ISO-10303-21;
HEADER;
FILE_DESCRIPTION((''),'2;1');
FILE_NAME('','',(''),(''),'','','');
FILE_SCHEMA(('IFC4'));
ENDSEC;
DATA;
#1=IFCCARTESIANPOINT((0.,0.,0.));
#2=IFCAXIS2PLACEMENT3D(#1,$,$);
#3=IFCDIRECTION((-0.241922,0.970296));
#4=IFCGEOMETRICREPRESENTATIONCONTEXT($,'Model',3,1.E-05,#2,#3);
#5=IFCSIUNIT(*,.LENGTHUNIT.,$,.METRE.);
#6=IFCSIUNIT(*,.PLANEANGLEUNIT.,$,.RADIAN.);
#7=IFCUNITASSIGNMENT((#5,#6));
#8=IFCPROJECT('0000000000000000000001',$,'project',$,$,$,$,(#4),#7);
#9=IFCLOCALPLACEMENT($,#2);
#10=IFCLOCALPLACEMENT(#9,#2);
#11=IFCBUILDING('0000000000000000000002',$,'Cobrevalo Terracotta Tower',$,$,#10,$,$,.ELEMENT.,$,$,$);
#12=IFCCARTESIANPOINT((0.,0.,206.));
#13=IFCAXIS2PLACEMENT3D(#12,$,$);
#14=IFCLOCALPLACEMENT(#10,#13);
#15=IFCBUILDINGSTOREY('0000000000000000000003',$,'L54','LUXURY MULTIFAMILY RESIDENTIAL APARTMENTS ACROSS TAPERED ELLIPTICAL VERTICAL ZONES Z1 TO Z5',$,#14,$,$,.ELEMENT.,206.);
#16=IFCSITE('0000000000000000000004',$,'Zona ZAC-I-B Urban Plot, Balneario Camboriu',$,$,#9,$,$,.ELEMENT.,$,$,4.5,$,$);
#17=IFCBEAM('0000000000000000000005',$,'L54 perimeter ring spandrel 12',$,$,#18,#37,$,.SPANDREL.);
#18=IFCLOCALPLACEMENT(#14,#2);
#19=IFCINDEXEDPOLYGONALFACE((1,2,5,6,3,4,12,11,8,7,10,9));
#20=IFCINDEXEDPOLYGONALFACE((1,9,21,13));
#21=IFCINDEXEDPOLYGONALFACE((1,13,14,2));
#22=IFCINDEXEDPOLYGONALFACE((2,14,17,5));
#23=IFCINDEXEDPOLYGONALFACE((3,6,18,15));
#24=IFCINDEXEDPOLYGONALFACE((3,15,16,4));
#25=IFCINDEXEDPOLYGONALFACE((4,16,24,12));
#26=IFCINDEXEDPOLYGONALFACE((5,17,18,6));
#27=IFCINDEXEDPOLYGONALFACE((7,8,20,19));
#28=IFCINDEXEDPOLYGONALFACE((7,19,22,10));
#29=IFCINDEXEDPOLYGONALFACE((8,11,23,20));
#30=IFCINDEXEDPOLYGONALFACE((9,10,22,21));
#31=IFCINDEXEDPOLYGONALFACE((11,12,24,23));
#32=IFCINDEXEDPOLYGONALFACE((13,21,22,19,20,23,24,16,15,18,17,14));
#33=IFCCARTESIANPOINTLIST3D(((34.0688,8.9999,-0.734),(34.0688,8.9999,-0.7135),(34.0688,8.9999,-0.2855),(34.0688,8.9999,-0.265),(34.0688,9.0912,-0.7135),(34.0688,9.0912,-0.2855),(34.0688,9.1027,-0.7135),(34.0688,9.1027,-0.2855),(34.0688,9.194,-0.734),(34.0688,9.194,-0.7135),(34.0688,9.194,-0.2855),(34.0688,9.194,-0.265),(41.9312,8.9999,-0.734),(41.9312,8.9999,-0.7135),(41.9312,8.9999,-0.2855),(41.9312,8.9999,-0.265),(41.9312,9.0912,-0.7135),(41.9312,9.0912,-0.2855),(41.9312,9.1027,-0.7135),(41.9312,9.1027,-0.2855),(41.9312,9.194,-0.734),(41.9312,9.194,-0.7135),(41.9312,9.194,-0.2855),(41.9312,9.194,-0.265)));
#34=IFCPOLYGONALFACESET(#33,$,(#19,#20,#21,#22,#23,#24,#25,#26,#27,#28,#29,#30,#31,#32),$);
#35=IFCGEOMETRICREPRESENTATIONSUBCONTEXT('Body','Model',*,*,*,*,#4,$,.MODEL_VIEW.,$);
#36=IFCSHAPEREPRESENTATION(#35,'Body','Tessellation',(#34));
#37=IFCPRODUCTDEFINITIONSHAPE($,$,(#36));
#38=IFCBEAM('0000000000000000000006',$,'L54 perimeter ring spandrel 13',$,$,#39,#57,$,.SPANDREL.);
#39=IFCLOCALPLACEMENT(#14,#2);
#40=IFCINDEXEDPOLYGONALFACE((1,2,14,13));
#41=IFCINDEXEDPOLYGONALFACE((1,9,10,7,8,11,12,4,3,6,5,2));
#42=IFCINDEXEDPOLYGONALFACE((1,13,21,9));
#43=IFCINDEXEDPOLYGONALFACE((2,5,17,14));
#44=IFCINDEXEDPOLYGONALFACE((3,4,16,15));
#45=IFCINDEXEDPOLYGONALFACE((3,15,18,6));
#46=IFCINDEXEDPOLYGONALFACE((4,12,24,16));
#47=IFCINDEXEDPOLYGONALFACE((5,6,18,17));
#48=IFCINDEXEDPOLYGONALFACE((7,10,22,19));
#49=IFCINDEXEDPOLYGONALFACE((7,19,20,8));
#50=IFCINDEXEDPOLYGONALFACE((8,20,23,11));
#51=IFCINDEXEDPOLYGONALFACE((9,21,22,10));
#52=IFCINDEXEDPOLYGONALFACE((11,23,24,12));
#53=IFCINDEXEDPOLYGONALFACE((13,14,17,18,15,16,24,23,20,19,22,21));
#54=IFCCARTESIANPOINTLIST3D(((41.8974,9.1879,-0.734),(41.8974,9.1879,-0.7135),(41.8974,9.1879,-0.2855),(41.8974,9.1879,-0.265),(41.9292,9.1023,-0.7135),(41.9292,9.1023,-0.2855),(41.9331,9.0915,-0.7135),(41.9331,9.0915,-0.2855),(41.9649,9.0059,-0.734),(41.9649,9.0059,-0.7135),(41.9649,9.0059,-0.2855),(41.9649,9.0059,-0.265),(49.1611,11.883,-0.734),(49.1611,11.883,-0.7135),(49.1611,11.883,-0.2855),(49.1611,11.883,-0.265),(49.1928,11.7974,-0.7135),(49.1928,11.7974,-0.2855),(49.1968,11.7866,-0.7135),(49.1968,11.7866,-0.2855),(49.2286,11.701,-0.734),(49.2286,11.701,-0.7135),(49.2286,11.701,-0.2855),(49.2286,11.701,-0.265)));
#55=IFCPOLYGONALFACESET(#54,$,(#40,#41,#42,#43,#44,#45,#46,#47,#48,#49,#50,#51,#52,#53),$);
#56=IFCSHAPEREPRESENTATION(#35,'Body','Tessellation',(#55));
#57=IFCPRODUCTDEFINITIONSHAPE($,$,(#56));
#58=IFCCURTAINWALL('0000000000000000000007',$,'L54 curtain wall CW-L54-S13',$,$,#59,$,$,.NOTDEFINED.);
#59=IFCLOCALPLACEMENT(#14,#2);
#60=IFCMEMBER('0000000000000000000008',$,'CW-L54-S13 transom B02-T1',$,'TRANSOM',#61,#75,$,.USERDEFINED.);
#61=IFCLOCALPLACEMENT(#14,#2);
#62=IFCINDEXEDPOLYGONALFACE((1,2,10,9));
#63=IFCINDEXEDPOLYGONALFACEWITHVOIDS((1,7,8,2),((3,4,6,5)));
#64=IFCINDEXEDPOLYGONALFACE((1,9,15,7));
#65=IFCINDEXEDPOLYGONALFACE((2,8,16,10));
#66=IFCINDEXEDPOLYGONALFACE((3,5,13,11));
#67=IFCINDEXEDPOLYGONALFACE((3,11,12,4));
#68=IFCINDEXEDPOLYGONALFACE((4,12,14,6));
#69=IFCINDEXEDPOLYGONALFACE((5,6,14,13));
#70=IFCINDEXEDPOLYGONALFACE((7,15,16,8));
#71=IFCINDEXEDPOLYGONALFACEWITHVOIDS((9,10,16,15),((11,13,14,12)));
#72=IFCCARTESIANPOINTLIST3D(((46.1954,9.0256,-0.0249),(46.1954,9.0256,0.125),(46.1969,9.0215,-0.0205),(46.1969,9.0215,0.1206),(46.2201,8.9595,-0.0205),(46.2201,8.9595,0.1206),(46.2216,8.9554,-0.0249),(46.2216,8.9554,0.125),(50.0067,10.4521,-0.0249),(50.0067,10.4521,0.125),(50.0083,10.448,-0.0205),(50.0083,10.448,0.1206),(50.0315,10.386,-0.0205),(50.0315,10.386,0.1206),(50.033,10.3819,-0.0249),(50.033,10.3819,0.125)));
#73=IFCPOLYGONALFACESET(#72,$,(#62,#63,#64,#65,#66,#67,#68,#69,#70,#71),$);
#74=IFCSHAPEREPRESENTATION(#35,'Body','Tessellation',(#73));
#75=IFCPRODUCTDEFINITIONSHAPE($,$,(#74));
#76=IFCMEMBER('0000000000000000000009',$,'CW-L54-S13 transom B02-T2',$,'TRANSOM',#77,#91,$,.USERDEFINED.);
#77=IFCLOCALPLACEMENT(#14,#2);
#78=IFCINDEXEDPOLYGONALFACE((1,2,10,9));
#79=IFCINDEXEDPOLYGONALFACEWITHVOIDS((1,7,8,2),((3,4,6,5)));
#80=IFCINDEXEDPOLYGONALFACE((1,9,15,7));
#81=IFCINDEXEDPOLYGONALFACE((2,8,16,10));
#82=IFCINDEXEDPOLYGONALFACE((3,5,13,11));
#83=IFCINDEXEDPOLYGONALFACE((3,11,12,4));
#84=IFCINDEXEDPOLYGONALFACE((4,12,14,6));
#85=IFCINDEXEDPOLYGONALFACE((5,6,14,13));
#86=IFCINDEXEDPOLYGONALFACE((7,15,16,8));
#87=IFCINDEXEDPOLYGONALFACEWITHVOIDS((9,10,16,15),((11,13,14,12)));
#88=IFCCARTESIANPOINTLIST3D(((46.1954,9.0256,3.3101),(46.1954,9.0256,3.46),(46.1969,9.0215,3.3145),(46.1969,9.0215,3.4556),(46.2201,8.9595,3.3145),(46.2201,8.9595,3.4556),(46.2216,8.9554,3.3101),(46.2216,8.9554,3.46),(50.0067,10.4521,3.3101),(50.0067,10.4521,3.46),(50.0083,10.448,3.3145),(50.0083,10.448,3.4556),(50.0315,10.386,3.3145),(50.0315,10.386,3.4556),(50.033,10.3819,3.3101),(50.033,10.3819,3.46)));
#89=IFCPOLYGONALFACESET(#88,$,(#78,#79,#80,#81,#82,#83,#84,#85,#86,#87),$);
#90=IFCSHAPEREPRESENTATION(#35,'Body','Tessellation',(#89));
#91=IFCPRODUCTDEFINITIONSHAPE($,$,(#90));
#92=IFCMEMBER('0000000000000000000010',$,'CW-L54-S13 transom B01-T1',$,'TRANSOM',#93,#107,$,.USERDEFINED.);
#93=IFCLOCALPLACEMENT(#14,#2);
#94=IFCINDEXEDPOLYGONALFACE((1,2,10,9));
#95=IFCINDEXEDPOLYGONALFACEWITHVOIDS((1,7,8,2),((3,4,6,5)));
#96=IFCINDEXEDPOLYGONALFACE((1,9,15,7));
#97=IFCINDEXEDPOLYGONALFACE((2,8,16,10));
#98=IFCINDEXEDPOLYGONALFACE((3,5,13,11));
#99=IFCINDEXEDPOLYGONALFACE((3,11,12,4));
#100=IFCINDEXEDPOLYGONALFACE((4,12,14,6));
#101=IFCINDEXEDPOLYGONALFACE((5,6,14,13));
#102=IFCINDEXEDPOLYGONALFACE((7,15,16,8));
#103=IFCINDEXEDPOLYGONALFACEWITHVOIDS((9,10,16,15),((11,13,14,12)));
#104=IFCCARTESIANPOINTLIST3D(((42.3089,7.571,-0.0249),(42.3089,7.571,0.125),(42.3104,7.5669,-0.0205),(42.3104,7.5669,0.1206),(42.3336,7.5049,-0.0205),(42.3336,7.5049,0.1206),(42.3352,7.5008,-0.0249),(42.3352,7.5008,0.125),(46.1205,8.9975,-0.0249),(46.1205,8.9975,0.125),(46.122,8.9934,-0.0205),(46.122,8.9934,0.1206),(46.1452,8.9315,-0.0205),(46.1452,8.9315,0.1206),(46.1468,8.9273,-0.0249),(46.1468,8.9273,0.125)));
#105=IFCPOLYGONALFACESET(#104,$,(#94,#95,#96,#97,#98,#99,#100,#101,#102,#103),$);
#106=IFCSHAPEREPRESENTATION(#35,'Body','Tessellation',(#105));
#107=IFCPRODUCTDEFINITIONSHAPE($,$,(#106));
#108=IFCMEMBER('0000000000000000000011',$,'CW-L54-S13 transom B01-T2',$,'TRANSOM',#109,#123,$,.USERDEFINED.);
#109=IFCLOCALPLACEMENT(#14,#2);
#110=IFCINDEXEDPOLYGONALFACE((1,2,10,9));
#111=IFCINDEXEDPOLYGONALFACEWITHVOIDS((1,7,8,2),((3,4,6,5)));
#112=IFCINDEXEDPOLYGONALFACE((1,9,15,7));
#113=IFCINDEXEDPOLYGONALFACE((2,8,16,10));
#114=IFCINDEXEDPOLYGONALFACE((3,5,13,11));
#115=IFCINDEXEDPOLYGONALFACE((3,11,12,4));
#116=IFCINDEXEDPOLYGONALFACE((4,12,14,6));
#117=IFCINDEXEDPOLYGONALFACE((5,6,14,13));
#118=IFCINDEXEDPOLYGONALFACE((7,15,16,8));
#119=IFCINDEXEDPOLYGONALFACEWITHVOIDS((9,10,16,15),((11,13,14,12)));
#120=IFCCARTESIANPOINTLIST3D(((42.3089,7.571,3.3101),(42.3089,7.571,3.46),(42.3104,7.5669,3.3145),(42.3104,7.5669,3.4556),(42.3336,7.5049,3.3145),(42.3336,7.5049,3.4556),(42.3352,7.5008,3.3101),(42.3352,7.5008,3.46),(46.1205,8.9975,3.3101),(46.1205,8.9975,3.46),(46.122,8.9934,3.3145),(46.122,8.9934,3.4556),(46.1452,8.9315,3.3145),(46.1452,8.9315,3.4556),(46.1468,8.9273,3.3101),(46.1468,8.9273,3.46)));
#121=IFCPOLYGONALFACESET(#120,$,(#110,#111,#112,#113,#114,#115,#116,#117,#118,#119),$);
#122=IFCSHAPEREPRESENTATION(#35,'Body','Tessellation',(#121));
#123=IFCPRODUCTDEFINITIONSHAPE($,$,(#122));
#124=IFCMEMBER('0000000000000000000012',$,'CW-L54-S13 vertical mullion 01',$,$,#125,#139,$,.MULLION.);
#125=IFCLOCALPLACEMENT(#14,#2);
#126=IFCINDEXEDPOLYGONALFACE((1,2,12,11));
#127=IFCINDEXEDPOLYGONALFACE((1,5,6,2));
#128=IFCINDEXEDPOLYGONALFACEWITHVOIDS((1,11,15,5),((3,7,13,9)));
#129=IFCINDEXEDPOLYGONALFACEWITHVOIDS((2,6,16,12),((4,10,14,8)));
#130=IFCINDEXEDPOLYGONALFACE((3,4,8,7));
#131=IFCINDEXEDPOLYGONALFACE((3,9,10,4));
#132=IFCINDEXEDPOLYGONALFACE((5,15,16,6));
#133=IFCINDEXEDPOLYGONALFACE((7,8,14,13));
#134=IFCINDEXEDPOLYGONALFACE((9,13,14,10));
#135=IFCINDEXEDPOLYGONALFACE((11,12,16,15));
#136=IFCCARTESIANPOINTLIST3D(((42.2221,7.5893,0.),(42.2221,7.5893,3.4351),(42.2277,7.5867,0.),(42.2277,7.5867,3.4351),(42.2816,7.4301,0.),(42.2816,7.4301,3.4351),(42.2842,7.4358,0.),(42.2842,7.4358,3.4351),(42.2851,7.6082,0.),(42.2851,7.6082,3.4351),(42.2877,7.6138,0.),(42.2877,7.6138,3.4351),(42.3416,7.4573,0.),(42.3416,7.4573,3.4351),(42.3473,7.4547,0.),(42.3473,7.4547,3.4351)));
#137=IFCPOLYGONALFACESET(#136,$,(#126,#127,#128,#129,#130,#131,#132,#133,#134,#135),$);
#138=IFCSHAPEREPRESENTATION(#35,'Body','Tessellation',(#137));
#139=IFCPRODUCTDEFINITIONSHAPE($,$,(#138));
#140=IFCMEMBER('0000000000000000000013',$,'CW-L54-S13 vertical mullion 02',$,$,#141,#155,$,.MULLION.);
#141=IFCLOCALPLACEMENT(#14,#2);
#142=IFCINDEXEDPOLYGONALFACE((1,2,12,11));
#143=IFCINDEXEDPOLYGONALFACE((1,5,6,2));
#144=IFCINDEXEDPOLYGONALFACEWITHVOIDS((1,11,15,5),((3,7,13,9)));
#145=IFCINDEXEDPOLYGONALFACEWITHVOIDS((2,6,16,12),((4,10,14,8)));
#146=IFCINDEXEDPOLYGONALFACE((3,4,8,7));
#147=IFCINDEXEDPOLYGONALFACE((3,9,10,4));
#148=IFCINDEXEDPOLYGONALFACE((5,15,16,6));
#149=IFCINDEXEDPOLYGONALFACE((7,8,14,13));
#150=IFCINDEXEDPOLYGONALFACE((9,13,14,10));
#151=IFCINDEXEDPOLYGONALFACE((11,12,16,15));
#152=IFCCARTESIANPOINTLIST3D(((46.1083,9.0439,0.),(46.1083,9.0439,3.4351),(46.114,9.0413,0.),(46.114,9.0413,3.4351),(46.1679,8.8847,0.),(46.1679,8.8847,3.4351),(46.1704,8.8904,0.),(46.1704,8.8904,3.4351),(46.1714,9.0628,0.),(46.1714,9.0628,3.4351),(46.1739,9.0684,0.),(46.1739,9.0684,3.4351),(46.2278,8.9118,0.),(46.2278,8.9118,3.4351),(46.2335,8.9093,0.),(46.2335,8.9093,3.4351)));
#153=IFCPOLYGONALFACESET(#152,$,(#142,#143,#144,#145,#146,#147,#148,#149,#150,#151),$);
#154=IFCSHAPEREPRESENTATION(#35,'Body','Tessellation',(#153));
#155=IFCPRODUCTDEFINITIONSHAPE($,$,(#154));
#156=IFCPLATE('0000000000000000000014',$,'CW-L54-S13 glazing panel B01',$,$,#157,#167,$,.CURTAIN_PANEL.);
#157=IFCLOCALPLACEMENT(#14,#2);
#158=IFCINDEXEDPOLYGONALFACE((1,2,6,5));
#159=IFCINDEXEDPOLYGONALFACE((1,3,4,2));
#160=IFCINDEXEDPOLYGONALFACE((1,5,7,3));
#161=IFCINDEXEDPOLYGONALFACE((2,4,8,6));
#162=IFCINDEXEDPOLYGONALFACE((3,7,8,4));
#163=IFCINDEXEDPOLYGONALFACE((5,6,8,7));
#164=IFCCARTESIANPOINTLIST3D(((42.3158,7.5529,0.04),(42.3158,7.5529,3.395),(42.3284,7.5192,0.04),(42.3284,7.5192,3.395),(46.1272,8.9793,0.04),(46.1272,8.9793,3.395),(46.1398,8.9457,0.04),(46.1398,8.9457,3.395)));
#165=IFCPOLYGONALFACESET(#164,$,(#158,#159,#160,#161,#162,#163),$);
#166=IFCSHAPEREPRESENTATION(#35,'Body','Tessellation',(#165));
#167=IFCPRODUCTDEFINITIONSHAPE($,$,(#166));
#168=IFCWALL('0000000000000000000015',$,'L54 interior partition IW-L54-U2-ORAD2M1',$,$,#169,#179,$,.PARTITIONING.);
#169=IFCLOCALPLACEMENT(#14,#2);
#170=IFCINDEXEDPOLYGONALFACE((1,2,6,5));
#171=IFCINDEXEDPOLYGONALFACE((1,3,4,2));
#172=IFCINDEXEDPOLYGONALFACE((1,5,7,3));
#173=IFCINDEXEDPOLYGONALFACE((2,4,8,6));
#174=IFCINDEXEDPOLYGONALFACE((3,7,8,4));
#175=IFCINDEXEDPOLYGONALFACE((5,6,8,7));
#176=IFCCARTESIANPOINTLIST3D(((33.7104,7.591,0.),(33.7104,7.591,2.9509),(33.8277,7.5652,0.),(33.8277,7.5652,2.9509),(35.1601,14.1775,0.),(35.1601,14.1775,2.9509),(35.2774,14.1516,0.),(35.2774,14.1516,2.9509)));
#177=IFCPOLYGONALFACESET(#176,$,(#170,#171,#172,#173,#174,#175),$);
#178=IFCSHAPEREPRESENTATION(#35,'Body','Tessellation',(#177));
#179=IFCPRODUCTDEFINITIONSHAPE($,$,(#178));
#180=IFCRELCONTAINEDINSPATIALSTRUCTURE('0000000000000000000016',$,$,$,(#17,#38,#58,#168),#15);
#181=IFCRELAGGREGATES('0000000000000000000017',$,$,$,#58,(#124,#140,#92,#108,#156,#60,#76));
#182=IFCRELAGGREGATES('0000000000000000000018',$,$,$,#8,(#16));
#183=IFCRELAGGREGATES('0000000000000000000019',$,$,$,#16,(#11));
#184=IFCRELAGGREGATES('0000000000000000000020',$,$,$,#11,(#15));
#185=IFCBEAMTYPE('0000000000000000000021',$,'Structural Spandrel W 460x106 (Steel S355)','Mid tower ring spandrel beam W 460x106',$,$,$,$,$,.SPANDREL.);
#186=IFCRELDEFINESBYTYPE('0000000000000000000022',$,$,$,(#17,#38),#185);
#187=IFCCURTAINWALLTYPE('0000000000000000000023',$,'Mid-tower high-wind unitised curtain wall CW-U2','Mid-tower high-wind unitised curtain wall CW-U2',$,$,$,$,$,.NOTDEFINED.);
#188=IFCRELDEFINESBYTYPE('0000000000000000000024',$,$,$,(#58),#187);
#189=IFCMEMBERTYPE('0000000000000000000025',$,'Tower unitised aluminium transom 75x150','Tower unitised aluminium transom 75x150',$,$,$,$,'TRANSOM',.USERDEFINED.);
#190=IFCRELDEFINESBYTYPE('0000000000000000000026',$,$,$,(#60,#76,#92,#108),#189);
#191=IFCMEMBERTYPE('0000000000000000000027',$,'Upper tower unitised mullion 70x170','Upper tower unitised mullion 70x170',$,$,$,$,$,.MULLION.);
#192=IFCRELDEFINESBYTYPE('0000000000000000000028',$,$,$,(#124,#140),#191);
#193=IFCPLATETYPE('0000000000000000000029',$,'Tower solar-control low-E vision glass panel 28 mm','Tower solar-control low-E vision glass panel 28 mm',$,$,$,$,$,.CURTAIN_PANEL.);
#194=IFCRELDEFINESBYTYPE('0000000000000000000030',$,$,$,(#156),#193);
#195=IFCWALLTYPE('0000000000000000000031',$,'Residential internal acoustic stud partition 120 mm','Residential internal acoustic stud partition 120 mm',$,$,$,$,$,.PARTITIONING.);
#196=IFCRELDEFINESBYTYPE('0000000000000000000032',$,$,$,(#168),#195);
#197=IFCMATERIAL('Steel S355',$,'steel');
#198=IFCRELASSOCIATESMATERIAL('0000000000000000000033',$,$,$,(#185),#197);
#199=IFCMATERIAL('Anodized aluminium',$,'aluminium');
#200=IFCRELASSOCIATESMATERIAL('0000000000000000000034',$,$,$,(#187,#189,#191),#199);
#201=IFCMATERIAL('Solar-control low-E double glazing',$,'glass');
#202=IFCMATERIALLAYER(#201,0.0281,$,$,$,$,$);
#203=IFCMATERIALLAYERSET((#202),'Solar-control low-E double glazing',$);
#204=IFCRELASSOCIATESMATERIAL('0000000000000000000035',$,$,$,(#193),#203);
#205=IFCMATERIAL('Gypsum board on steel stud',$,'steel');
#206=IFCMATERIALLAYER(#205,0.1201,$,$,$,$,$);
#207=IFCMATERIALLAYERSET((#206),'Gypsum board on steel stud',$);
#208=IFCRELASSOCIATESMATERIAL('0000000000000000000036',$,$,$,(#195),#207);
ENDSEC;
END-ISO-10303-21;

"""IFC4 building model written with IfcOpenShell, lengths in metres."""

from ifc_helpers import new_model, si_unit, direction, frame, frame_2d, origin, origin_2d, place, context, subcontext, project, spatial, rectangle, hollow_rectangle, i_section, extrude, source, transform, mapped, material, layer, layer_set, material_profile, profile_set, type_object, element, aggregate, save


model = new_model("IFC4")

# Units and contexts
model_context = context("Model", 3, precision=1e-05, world=origin(), true_north=direction((-0.241922, 0.970296)))
body_context = subcontext(model_context, "Body", "Model", "MODEL_VIEW")
ifc_project = project(units=[si_unit("LENGTHUNIT", "METRE"), si_unit("PLANEANGLEUNIT", "RADIAN")], contexts=[model_context])

# Site, building, storey
site_placement = place(None, origin())
site = spatial("IfcSite", under=ifc_project, at=site_placement, Name="Zona ZAC-I-B Urban Plot, Balneario Camboriu", CompositionType="ELEMENT", RefElevation=4.5)
building_placement = place(site_placement, origin())
building = spatial("IfcBuilding", under=site, at=building_placement, Name="Cobrevalo Terracotta Tower", CompositionType="ELEMENT")
storey_placement = place(building_placement, frame((0.0, 0.0, 206.0)))
storey = spatial("IfcBuildingStorey", under=building, at=storey_placement, Name="L54", Description="LUXURY MULTIFAMILY RESIDENTIAL APARTMENTS ACROSS TAPERED ELLIPTICAL VERTICAL ZONES Z1 TO Z5", CompositionType="ELEMENT", Elevation=206.0)

# Shared definitions
ifc_material_1 = material(Name="Steel S355", Category="steel")

# Beams
ifc_material_profile_1 = material_profile(ifc_material_1, i_section(OverallWidth=0.1941, OverallDepth=0.469, WebThickness=0.0115, FlangeThickness=0.0205, at=origin_2d()), Name="W 460x106")
ifc_profile_set_1 = profile_set([ifc_material_profile_1], Name="Steel S355")
beam_type_1 = type_object("IfcBeamType", Name="Structural Spandrel W 460x106 (Steel S355)", Description="Mid tower ring spandrel beam W 460x106", PredefinedType="SPANDREL", material=ifc_profile_set_1)
beam_1_placement = place(storey_placement, frame((34.0688, 9.0969, -0.4995), z_axis=(1.0, 0.0, 0.0), x_axis=(0.0, 1.0, 0.0)))
element("IfcBeam", 1, at=beam_1_placement, inside=storey, type_object=beam_type_1, Name="L54 perimeter ring spandrel 12", PredefinedType="SPANDREL", context=body_context, shape_type="SweptSolid", body=[
    extrude(i_section(OverallWidth=0.1941, OverallDepth=0.469, WebThickness=0.0115, FlangeThickness=0.0205, at=origin_2d()), origin(), (0.0, 0.0, 1.0), 7.8623),
])
beam_2_placement = place(storey_placement, frame((41.9312, 9.0969, -0.4995), z_axis=(0.937546, 0.347861, 0.0), x_axis=(-0.347861, 0.937546, 0.0)))
element("IfcBeam", 2, at=beam_2_placement, inside=storey, type_object=beam_type_1, Name="L54 perimeter ring spandrel 13", PredefinedType="SPANDREL", context=body_context, shape_type="SweptSolid", body=[
    extrude(i_section(OverallWidth=0.1941, OverallDepth=0.469, WebThickness=0.0115, FlangeThickness=0.0205, at=origin_2d()), origin(), (0.0, 0.0, 1.0), 7.7476),
])

# Curtain wall, members, plate
ifc_material_2 = material(Name="Anodized aluminium", Category="aluminium")
curtain_wall_type = type_object("IfcCurtainWallType", Name="Mid-tower high-wind unitised curtain wall CW-U2", Description="Mid-tower high-wind unitised curtain wall CW-U2", PredefinedType="NOTDEFINED", material=ifc_material_2)
curtain_wall_placement = place(storey_placement, origin())
curtain_wall = element("IfcCurtainWall", 3, at=curtain_wall_placement, inside=storey, type_object=curtain_wall_type, Name="L54 curtain wall CW-L54-S13", PredefinedType="NOTDEFINED")
ifc_material_profile_2 = material_profile(ifc_material_2, hollow_rectangle(XDim=0.075, YDim=0.1499, WallThickness=0.0044, at=origin_2d()), Name="CWT 75x150")
ifc_profile_set_2 = profile_set([ifc_material_profile_2], Name="Anodized aluminium")
member_type_1 = type_object("IfcMemberType", Name="Tower unitised aluminium transom 75x150", Description="Tower unitised aluminium transom 75x150", ElementType="TRANSOM", PredefinedType="USERDEFINED", material=ifc_profile_set_2)
shared_shape_1 = source(origin(), body_context, "Body", "SweptSolid", [
    extrude(hollow_rectangle(XDim=0.075, YDim=0.1499, WallThickness=0.0044, at=origin_2d()), origin(), (0.0, 0.0, 1.0), 4.0696),
])
member_1_placement = place(storey_placement, frame((46.2085, 8.9905, 0.05), z_axis=(0.936548, 0.350538, 0.0), x_axis=(-0.350538, 0.936548, 0.0)))
member_1 = element("IfcMember", 4, at=member_1_placement, type_object=member_type_1, Name="CW-L54-S13 transom B02-T1", ObjectType="TRANSOM", PredefinedType="USERDEFINED", context=body_context, shape_type="MappedRepresentation", body=[
    mapped(shared_shape_1, transform((0.0, 0.0, 0.0), scale=1.0)),
])
member_2_placement = place(storey_placement, frame((46.2085, 8.9905, 3.385), z_axis=(0.936548, 0.350538, 0.0), x_axis=(-0.350538, 0.936548, 0.0)))
member_2 = element("IfcMember", 5, at=member_2_placement, type_object=member_type_1, Name="CW-L54-S13 transom B02-T2", ObjectType="TRANSOM", PredefinedType="USERDEFINED", context=body_context, shape_type="MappedRepresentation", body=[
    mapped(shared_shape_1, transform((0.0, 0.0, 0.0), scale=1.0)),
])
shared_shape_2 = source(origin(), body_context, "Body", "SweptSolid", [
    extrude(hollow_rectangle(XDim=0.075, YDim=0.1499, WallThickness=0.0044, at=origin_2d()), origin(), (0.0, 0.0, 1.0), 4.0698),
])
member_3_placement = place(storey_placement, frame((42.322, 7.5359, 0.05), z_axis=(0.936556, 0.350519, 0.0), x_axis=(-0.350519, 0.936556, 0.0)))
member_3 = element("IfcMember", 6, at=member_3_placement, type_object=member_type_1, Name="CW-L54-S13 transom B01-T1", ObjectType="TRANSOM", PredefinedType="USERDEFINED", context=body_context, shape_type="MappedRepresentation", body=[
    mapped(shared_shape_2, transform((0.0, 0.0, 0.0), scale=1.0)),
])
member_4_placement = place(storey_placement, frame((42.322, 7.5359, 3.385), z_axis=(0.936556, 0.350519, 0.0), x_axis=(-0.350519, 0.936556, 0.0)))
member_4 = element("IfcMember", 7, at=member_4_placement, type_object=member_type_1, Name="CW-L54-S13 transom B01-T2", ObjectType="TRANSOM", PredefinedType="USERDEFINED", context=body_context, shape_type="MappedRepresentation", body=[
    mapped(shared_shape_2, transform((0.0, 0.0, 0.0), scale=1.0)),
])
ifc_material_profile_3 = material_profile(ifc_material_2, hollow_rectangle(XDim=0.0701, YDim=0.1699, WallThickness=0.0044, at=origin_2d()), Name="CWM 70x170")
ifc_profile_set_3 = profile_set([ifc_material_profile_3], Name="Anodized aluminium")
member_type_2 = type_object("IfcMemberType", Name="Upper tower unitised mullion 70x170", Description="Upper tower unitised mullion 70x170", PredefinedType="MULLION", material=ifc_profile_set_3)
shared_shape_3 = source(origin(), body_context, "Body", "SweptSolid", [
    extrude(hollow_rectangle(XDim=0.0701, YDim=0.1699, WallThickness=0.0044, at=origin_2d()), origin(), (0.0, 0.0, 1.0), 3.4351),
])
member_5_placement = place(storey_placement, frame((42.2847, 7.522, 0.0), z_axis=(0.0, 0.0, 1.0), x_axis=(0.936556, 0.350518, 0.0)))
member_5 = element("IfcMember", 8, at=member_5_placement, type_object=member_type_2, Name="CW-L54-S13 vertical mullion 01", PredefinedType="MULLION", context=body_context, shape_type="MappedRepresentation", body=[
    mapped(shared_shape_3, transform((0.0, 0.0, 0.0), scale=1.0)),
])
member_6_placement = place(storey_placement, frame((46.1709, 8.9766, 0.0), z_axis=(0.0, 0.0, 1.0), x_axis=(0.936556, 0.350518, 0.0)))
member_6 = element("IfcMember", 9, at=member_6_placement, type_object=member_type_2, Name="CW-L54-S13 vertical mullion 02", PredefinedType="MULLION", context=body_context, shape_type="MappedRepresentation", body=[
    mapped(shared_shape_3, transform((0.0, 0.0, 0.0), scale=1.0)),
])
ifc_material_3 = material(Name="Solar-control low-E double glazing", Category="glass")
ifc_layer_1 = layer(ifc_material_3, 0.0281)
ifc_layer_set_1 = layer_set([ifc_layer_1], Name="Solar-control low-E double glazing")
plate_type = type_object("IfcPlateType", Name="Tower solar-control low-E vision glass panel 28 mm", Description="Tower solar-control low-E vision glass panel 28 mm", PredefinedType="CURTAIN_PANEL", material=ifc_layer_set_1)
shared_shape_4 = source(origin(), body_context, "Body", "SweptSolid", [
    extrude(rectangle(XDim=4.0696, YDim=0.0359, at=origin_2d()), origin(), (0.0, 0.0, 1.0), 3.355),
])
plate_placement = place(storey_placement, frame((44.2278, 8.2493, 0.04), z_axis=(0.0, 0.0, 1.0), x_axis=(0.936558, 0.350513, 0.0)))
plate = element("IfcPlate", 10, at=plate_placement, type_object=plate_type, Name="CW-L54-S13 glazing panel B01", PredefinedType="CURTAIN_PANEL", context=body_context, shape_type="MappedRepresentation", body=[
    mapped(shared_shape_4, transform((0.0, 0.0, 0.0), scale=1.0)),
])
aggregate(curtain_wall, [member_5, member_6, member_3, member_4, plate, member_1, member_2])

# Wall
ifc_material_4 = material(Name="Gypsum board on steel stud", Category="steel")
ifc_layer_2 = layer(ifc_material_4, 0.1201)
ifc_layer_set_2 = layer_set([ifc_layer_2], Name="Gypsum board on steel stud")
wall_type = type_object("IfcWallType", Name="Residential internal acoustic stud partition 120 mm", Description="Residential internal acoustic stud partition 120 mm", PredefinedType="PARTITIONING", material=ifc_layer_set_2)
wall_1_placement = place(storey_placement, frame((35.2188, 14.1646, 0.0), z_axis=(0.0, 0.0, 1.0), x_axis=(-0.21496, -0.976623, 0.0)))
element("IfcWall", 11, at=wall_1_placement, inside=storey, type_object=wall_type, Name="L54 interior partition IW-L54-U2-ORAD2M1", PredefinedType="PARTITIONING", context=body_context, shape_type="SweptSolid", body=[
    extrude(rectangle(XDim=6.7441, YDim=0.1201, at=frame_2d((3.3721, 0.0))), origin(), (0.0, 0.0, 1.0), 2.9509),
])

save(model, "model.ifc")
